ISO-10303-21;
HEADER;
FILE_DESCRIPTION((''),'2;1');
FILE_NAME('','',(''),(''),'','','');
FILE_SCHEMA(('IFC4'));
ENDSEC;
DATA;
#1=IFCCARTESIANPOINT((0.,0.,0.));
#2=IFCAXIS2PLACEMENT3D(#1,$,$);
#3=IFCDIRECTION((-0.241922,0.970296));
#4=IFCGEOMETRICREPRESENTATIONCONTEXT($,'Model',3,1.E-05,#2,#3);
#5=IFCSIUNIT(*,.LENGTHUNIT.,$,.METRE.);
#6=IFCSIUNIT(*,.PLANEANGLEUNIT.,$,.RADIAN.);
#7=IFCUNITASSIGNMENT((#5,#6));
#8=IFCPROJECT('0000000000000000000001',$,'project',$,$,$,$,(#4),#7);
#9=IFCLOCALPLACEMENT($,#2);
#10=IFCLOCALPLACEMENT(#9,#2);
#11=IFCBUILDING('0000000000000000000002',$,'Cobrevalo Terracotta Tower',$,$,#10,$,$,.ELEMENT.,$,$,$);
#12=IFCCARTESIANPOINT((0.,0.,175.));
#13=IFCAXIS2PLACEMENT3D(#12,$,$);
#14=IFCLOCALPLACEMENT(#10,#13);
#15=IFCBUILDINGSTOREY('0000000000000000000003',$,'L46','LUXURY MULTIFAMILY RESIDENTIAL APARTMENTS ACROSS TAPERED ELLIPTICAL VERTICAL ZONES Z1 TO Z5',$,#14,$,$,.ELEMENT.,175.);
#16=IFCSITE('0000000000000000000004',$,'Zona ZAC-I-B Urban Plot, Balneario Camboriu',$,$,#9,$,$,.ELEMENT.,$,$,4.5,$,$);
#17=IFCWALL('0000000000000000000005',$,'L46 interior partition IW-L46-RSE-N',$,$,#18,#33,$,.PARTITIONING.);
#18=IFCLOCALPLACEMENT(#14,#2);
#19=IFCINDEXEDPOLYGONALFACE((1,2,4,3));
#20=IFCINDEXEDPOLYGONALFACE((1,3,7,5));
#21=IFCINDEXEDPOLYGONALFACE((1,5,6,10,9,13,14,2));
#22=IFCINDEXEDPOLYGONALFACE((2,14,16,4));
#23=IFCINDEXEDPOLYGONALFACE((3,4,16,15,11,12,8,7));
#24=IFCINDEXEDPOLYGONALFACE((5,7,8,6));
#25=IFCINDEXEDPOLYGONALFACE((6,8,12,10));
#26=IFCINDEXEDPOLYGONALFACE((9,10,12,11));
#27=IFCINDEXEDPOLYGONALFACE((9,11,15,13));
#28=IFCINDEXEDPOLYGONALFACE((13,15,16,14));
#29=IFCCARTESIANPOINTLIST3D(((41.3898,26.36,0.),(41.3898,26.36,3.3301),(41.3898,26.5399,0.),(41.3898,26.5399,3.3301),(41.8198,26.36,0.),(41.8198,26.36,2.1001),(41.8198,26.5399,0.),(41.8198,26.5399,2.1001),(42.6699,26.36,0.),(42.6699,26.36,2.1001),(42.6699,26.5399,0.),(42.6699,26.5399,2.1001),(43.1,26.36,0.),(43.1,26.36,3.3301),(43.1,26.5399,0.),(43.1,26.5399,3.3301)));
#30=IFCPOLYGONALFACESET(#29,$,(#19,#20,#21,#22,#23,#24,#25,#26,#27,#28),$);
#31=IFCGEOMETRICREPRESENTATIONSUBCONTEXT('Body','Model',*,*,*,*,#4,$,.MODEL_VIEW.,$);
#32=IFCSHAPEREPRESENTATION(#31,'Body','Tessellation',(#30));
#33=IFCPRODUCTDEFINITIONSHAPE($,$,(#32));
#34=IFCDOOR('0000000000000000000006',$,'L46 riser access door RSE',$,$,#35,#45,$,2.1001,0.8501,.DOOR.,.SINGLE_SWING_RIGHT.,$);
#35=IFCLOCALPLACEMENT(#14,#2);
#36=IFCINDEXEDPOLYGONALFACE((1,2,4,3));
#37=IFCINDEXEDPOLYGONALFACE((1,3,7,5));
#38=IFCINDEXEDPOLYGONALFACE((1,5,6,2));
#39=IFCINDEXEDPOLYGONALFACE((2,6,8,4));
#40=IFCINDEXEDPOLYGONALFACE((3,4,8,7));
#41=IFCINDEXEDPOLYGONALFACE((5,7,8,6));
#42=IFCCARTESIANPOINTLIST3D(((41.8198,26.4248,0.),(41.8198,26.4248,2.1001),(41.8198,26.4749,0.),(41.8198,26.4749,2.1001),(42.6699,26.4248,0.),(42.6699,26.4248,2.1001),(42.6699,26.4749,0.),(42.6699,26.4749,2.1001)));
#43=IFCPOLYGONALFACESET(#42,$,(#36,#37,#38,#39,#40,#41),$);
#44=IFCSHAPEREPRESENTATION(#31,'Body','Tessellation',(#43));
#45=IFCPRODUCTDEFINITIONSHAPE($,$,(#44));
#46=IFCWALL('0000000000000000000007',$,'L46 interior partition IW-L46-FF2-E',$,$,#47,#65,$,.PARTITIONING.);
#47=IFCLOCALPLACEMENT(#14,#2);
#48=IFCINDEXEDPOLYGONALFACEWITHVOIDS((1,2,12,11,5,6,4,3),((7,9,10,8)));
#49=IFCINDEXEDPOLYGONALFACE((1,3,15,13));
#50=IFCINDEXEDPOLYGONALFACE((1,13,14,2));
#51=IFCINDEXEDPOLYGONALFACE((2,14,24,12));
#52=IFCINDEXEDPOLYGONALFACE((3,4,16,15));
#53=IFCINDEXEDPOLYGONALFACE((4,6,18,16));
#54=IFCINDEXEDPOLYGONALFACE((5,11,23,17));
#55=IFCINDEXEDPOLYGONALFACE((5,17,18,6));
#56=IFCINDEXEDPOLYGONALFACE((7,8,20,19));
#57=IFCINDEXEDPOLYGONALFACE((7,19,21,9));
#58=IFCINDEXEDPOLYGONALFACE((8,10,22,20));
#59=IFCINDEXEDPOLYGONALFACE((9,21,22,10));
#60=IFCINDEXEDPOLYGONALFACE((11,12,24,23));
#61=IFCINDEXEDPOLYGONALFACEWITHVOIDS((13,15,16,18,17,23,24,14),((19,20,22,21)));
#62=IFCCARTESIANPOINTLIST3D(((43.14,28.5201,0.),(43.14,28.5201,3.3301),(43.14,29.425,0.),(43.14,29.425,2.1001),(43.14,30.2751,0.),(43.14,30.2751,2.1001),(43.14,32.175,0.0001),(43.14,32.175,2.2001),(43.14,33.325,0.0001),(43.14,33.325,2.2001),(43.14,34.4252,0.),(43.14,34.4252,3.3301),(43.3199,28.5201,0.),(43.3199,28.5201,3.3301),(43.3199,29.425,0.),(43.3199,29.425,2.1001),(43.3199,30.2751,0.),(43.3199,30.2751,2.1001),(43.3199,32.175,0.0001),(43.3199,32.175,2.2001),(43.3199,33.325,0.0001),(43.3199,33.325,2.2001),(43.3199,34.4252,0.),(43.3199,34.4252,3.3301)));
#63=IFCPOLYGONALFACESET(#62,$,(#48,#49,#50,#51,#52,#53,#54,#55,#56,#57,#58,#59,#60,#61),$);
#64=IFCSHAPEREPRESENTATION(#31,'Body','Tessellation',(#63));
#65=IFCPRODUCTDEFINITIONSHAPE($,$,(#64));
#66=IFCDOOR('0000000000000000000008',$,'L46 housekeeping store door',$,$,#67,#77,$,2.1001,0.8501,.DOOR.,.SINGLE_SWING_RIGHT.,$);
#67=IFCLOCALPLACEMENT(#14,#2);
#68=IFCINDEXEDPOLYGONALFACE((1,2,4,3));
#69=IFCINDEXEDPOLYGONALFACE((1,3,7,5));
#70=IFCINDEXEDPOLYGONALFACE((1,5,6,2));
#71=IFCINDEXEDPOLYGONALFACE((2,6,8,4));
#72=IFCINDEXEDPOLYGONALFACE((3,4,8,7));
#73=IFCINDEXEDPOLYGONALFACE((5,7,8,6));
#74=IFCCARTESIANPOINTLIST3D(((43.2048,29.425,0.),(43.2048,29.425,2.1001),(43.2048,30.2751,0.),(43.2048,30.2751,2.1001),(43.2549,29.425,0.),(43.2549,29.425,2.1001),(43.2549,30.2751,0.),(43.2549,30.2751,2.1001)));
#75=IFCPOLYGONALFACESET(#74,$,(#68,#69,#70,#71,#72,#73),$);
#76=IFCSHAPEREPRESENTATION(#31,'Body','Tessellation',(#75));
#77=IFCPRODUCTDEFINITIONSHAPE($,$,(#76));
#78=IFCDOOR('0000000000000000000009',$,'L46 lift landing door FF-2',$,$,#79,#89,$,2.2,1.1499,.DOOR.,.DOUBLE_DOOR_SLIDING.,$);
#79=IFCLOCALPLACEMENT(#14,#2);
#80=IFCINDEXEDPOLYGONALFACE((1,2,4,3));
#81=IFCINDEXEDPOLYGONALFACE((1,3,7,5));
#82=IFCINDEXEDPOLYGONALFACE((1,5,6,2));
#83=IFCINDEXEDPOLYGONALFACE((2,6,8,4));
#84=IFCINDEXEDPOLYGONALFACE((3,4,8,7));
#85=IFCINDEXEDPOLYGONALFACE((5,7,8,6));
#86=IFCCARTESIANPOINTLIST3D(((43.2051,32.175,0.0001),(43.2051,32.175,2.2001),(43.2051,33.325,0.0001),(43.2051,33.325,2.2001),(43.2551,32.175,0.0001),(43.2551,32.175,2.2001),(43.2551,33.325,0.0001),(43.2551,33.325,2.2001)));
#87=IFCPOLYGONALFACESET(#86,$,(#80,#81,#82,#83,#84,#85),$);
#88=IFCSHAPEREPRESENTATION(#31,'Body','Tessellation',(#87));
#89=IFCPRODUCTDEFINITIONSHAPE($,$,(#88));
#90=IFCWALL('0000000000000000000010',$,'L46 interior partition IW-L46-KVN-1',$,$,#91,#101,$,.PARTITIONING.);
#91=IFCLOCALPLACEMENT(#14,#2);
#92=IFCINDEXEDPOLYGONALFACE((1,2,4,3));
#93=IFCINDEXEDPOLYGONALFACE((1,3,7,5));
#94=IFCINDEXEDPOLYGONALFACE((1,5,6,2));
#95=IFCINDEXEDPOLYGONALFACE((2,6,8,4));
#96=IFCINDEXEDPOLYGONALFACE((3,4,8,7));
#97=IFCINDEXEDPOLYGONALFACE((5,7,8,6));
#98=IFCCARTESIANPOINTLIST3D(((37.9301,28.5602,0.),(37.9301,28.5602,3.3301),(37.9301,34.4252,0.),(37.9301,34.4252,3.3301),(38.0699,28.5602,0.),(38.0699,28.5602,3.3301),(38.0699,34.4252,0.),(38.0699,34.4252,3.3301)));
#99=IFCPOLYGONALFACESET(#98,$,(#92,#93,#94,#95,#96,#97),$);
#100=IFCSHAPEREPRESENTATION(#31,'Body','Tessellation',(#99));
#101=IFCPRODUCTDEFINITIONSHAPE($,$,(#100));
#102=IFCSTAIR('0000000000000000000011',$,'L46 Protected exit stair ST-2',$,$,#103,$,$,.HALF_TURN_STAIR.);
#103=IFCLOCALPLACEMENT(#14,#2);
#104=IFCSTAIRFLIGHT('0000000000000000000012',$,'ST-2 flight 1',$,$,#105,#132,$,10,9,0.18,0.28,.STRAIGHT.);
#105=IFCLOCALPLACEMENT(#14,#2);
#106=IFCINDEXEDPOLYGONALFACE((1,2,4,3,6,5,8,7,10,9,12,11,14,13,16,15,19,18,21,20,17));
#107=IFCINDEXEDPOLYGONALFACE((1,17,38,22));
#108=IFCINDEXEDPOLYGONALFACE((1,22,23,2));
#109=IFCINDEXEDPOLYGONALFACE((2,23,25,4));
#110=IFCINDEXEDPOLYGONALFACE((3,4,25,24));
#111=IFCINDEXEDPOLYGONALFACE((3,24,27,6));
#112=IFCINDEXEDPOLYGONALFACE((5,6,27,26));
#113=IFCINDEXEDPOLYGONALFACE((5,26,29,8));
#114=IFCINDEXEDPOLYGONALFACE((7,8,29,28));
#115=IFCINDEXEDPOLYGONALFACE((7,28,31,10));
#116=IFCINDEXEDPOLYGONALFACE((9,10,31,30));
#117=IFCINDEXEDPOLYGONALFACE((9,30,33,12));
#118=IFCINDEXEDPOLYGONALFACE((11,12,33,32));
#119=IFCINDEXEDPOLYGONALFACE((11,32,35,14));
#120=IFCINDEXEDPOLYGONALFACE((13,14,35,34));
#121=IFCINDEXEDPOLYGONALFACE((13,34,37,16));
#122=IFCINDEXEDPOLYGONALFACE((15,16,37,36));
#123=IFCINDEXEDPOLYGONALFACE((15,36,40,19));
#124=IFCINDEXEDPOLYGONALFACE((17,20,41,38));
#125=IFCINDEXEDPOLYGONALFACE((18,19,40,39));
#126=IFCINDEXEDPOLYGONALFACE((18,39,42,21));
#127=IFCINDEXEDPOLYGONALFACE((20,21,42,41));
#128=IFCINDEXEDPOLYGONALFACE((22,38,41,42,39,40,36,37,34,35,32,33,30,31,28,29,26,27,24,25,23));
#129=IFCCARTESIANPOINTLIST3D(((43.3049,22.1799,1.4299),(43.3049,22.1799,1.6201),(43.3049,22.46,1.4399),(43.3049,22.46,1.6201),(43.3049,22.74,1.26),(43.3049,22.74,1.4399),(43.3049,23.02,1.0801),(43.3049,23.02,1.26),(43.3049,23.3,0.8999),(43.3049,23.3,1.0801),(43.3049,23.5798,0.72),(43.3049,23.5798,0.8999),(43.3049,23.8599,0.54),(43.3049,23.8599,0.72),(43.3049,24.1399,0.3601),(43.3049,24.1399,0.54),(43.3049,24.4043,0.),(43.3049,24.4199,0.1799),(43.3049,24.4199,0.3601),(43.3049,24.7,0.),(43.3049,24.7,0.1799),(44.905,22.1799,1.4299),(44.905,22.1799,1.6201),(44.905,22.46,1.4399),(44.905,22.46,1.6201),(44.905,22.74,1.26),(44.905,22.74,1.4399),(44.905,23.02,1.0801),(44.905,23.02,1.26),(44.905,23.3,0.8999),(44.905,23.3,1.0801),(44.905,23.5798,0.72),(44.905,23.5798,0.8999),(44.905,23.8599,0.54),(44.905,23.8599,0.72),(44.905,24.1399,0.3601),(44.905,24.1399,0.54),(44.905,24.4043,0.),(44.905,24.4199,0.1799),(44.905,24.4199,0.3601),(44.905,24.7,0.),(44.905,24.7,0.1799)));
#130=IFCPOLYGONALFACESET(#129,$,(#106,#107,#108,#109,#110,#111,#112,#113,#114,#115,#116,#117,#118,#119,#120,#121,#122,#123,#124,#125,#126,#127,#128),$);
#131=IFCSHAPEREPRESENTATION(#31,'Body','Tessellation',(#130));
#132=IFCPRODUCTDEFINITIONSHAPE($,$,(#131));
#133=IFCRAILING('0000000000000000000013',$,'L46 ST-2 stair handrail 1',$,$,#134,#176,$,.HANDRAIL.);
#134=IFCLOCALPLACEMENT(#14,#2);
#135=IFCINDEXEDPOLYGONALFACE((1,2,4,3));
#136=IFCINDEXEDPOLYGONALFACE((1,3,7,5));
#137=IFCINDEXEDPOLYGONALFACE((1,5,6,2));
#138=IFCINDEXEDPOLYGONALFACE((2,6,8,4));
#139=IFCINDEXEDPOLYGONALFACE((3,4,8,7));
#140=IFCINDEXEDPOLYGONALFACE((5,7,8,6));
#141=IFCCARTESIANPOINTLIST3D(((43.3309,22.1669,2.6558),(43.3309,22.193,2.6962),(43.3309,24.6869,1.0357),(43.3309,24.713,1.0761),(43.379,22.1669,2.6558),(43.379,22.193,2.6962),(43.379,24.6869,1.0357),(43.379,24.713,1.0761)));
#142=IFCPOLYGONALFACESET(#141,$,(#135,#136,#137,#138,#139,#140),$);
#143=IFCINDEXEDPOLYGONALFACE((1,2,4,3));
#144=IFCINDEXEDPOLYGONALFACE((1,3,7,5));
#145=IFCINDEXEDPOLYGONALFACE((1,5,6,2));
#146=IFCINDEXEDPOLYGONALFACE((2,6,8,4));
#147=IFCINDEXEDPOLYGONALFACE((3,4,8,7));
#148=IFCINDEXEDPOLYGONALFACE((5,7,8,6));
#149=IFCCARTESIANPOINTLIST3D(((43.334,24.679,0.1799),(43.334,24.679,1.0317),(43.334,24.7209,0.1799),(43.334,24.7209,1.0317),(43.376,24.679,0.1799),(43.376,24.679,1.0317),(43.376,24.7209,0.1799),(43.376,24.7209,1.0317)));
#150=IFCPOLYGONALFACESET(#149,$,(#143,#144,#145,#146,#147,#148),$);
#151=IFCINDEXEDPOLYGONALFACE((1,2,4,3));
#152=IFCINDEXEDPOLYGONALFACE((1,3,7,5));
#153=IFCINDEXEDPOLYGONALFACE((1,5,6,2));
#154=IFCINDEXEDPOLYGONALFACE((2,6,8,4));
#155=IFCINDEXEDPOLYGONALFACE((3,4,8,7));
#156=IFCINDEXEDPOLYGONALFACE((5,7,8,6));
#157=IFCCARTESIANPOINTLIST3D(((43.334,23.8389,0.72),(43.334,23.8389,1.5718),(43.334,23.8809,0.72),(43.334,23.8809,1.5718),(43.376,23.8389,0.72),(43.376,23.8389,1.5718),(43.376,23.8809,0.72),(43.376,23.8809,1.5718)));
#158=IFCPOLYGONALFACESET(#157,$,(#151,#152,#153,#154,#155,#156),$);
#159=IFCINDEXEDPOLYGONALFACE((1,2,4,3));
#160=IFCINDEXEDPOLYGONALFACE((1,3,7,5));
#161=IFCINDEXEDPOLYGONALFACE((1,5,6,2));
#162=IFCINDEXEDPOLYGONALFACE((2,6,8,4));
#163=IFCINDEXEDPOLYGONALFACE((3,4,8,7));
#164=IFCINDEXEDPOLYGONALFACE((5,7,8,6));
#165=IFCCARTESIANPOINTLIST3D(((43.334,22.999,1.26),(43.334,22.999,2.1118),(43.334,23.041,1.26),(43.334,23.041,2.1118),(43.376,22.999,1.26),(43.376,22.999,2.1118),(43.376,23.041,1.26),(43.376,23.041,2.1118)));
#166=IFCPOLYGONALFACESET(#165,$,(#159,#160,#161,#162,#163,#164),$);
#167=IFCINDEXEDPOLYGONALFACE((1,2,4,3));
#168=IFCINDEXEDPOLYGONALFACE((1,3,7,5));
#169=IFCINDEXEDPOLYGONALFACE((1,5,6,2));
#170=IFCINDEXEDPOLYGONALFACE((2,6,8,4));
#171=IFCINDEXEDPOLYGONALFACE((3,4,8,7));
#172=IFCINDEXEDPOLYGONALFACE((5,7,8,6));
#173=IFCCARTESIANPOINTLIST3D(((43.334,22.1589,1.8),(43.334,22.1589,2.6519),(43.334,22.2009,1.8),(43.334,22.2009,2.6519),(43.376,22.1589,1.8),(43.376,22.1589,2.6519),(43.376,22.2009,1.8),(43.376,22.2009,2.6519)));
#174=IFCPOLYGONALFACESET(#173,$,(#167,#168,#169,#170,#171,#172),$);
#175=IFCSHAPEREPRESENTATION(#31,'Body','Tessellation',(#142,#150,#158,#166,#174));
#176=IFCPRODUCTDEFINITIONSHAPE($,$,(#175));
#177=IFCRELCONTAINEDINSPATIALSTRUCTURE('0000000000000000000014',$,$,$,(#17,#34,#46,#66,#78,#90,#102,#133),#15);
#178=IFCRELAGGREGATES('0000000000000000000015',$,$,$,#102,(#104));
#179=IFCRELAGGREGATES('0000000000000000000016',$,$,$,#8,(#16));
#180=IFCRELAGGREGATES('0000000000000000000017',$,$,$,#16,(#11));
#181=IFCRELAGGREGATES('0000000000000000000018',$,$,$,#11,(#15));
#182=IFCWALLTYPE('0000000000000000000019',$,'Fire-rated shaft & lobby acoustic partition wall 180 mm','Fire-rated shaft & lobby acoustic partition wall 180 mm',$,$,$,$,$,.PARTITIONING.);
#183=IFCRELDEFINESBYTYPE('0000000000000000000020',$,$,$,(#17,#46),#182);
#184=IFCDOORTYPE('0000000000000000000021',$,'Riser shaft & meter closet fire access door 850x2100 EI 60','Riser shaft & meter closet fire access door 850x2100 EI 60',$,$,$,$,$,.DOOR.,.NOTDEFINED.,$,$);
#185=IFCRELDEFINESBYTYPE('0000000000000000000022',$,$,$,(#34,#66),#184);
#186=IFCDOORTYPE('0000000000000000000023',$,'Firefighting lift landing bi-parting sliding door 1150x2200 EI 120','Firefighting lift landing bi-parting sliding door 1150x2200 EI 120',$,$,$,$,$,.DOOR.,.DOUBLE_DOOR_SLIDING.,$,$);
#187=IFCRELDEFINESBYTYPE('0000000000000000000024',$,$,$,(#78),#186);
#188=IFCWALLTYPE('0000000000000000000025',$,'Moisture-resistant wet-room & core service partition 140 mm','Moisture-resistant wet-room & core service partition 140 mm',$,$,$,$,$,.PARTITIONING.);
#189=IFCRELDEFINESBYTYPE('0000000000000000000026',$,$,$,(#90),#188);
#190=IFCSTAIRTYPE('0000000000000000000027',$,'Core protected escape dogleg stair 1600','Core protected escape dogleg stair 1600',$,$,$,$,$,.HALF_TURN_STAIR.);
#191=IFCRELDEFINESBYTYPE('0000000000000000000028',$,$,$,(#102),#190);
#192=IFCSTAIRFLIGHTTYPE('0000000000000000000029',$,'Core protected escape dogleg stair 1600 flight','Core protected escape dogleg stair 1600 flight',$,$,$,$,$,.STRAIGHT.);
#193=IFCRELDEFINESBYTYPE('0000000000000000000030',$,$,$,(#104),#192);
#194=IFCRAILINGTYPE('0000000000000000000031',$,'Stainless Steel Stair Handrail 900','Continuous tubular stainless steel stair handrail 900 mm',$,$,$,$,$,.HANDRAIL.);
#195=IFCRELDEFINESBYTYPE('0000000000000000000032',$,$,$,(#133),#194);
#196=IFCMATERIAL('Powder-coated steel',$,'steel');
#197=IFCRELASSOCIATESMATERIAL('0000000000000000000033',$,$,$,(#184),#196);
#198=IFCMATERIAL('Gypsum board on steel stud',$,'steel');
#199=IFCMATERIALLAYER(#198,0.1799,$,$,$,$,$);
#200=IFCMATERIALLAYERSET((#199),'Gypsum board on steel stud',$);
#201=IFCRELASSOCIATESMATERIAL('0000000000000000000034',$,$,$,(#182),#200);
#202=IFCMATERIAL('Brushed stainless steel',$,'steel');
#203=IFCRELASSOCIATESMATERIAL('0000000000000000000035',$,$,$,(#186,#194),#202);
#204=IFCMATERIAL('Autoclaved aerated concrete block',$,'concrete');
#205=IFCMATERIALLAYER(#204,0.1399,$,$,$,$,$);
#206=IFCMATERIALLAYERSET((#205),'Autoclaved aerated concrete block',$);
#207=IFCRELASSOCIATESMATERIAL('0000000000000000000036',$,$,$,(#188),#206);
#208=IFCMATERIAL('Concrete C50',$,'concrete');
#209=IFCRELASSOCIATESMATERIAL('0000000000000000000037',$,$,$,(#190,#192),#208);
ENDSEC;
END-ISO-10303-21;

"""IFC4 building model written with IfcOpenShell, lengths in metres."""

from ifc_helpers import new_model, si_unit, direction, frame, frame_2d, origin, origin_2d, place, context, subcontext, project, spatial, polyline, rectangle, outline, extrude, source, transform, mapped, material, layer, layer_set, type_object, element, fill, aggregate, save


model = new_model("IFC4")

# Units and contexts
model_context = context("Model", 3, precision=1e-05, world=origin(), true_north=direction((-0.241922, 0.970296)))
body_context = subcontext(model_context, "Body", "Model", "MODEL_VIEW")
ifc_project = project(units=[si_unit("LENGTHUNIT", "METRE"), si_unit("PLANEANGLEUNIT", "RADIAN")], contexts=[model_context])

# Site, building, storey
site_placement = place(None, origin())
site = spatial("IfcSite", under=ifc_project, at=site_placement, Name="Zona ZAC-I-B Urban Plot, Balneario Camboriu", CompositionType="ELEMENT", RefElevation=4.5)
building_placement = place(site_placement, origin())
building = spatial("IfcBuilding", under=site, at=building_placement, Name="Cobrevalo Terracotta Tower", CompositionType="ELEMENT")
storey_placement = place(building_placement, frame((0.0, 0.0, 175.0)))
storey = spatial("IfcBuildingStorey", under=building, at=storey_placement, Name="L46", Description="LUXURY MULTIFAMILY RESIDENTIAL APARTMENTS ACROSS TAPERED ELLIPTICAL VERTICAL ZONES Z1 TO Z5", CompositionType="ELEMENT", Elevation=175.0)

# Shared definitions
ifc_material_1 = material(Name="Gypsum board on steel stud", Category="steel")

# Shared definitions
ifc_material_2 = material(Name="Powder-coated steel", Category="steel")
door_type_1 = type_object("IfcDoorType", Name="Riser shaft & meter closet fire access door 850x2100 EI 60", Description="Riser shaft & meter closet fire access door 850x2100 EI 60", OperationType="NOTDEFINED", PredefinedType="DOOR", material=ifc_material_2)
shared_shape_1 = source(origin(), body_context, "Body", "SweptSolid", [
    extrude(rectangle(XDim=0.8501, YDim=2.1001, at=frame_2d((0.425, 1.05))), frame((0.0, 0.0249, 0.0), z_axis=(0.0, -1.0, 0.0), x_axis=(1.0, 0.0, 0.0)), (0.0, 0.0, 1.0), 0.05),
])
ifc_material_3 = material(Name="Brushed stainless steel", Category="steel")

# Wall, opening, door
ifc_layer_1 = layer(ifc_material_1, 0.1799)
ifc_layer_set_1 = layer_set([ifc_layer_1], Name="Gypsum board on steel stud")
wall_type_1 = type_object("IfcWallType", Name="Fire-rated shaft & lobby acoustic partition wall 180 mm", Description="Fire-rated shaft & lobby acoustic partition wall 180 mm", PredefinedType="PARTITIONING", material=ifc_layer_set_1)
wall_1_placement = place(storey_placement, frame((41.3899, 26.45, 0.0), z_axis=(0.0, 0.0, 1.0), x_axis=(1.0, 0.0, 0.0)))
wall_1 = element("IfcWall", 1, at=wall_1_placement, inside=storey, type_object=wall_type_1, Name="L46 interior partition IW-L46-RSE-N", PredefinedType="PARTITIONING", context=body_context, shape_type="SweptSolid", body=[
    extrude(rectangle(XDim=1.7102, YDim=0.1799, at=frame_2d((0.855, 0.0))), origin(), (0.0, 0.0, 1.0), 3.3301),
])
opening_1_placement = place(wall_1_placement, frame((0.4299, 0.0, 0.0)))
opening_1 = element("IfcOpeningElement", 2, at=opening_1_placement, cuts=wall_1, PredefinedType="OPENING", context=body_context, shape_type="SweptSolid", body=[
    extrude(rectangle(XDim=0.8501, YDim=2.1001, at=frame_2d((0.425, 1.05))), frame((0.0, 0.1001, 0.0), z_axis=(0.0, -1.0, 0.0), x_axis=(1.0, 0.0, 0.0)), (0.0, 0.0, 1.0), 0.2),
])
door_1_placement = place(opening_1_placement, origin())
door_1 = element("IfcDoor", 3, at=door_1_placement, inside=storey, type_object=door_type_1, Name="L46 riser access door RSE", OperationType="SINGLE_SWING_RIGHT", OverallHeight=2.1001, OverallWidth=0.8501, PredefinedType="DOOR", context=body_context, shape_type="MappedRepresentation", body=[
    mapped(shared_shape_1, transform((0.0, 0.0, 0.0), scale=1.0)),
])
fill(opening_1, door_1)

# Wall, openings, doors
wall_2_placement = place(storey_placement, frame((43.23, 28.52, 0.0), z_axis=(0.0, 0.0, 1.0), x_axis=(0.0, 1.0, 0.0)))
wall_2 = element("IfcWall", 4, at=wall_2_placement, inside=storey, type_object=wall_type_1, Name="L46 interior partition IW-L46-FF2-E", PredefinedType="PARTITIONING", context=body_context, shape_type="SweptSolid", body=[
    extrude(rectangle(XDim=5.905, YDim=0.1799, at=frame_2d((2.9526, 0.0))), origin(), (0.0, 0.0, 1.0), 3.3301),
])
opening_2_placement = place(wall_2_placement, frame((0.905, 0.0, 0.0)))
opening_2 = element("IfcOpeningElement", 5, at=opening_2_placement, cuts=wall_2, PredefinedType="OPENING", context=body_context, shape_type="SweptSolid", body=[
    extrude(rectangle(XDim=0.8501, YDim=2.1001, at=frame_2d((0.425, 1.05))), frame((0.0, 0.1001, 0.0), z_axis=(0.0, -1.0, 0.0), x_axis=(1.0, 0.0, 0.0)), (0.0, 0.0, 1.0), 0.2),
])
opening_3_placement = place(wall_2_placement, frame((3.655, 0.0, 0.0)))
opening_3 = element("IfcOpeningElement", 6, at=opening_3_placement, cuts=wall_2, PredefinedType="OPENING", context=body_context, shape_type="SweptSolid", body=[
    extrude(rectangle(XDim=1.1499, YDim=2.2, at=frame_2d((0.575, 1.1001))), frame((0.0, 0.1001, 0.0), z_axis=(0.0, -1.0, 0.0), x_axis=(1.0, 0.0, 0.0)), (0.0, 0.0, 1.0), 0.2),
])
door_2_placement = place(opening_2_placement, frame((0.8501, 0.0, 0.0), z_axis=(0.0, 0.0, 1.0), x_axis=(-1.0, 0.0, 0.0)))
door_2 = element("IfcDoor", 7, at=door_2_placement, inside=storey, type_object=door_type_1, Name="L46 housekeeping store door", OperationType="SINGLE_SWING_RIGHT", OverallHeight=2.1001, OverallWidth=0.8501, PredefinedType="DOOR", context=body_context, shape_type="MappedRepresentation", body=[
    mapped(shared_shape_1, transform((0.0, 0.0, 0.0), scale=1.0)),
])
fill(opening_2, door_2)
door_type_2 = type_object("IfcDoorType", Name="Firefighting lift landing bi-parting sliding door 1150x2200 EI 120", Description="Firefighting lift landing bi-parting sliding door 1150x2200 EI 120", OperationType="DOUBLE_DOOR_SLIDING", PredefinedType="DOOR", material=ifc_material_3)
shared_shape_2 = source(origin(), body_context, "Body", "SweptSolid", [
    extrude(rectangle(XDim=1.1499, YDim=2.2, at=frame_2d((0.575, 1.1001))), frame((0.0, 0.0249, 0.0), z_axis=(0.0, -1.0, 0.0), x_axis=(1.0, 0.0, 0.0)), (0.0, 0.0, 1.0), 0.05),
])
door_3_placement = place(opening_3_placement, origin())
door_3 = element("IfcDoor", 8, at=door_3_placement, inside=storey, type_object=door_type_2, Name="L46 lift landing door FF-2", OperationType="DOUBLE_DOOR_SLIDING", OverallHeight=2.2, OverallWidth=1.1499, PredefinedType="DOOR", context=body_context, shape_type="MappedRepresentation", body=[
    mapped(shared_shape_2, transform((0.0, 0.0, 0.0), scale=1.0)),
])
fill(opening_3, door_3)

# Wall
ifc_material_4 = material(Name="Autoclaved aerated concrete block", Category="concrete")
ifc_layer_2 = layer(ifc_material_4, 0.1399)
ifc_layer_set_2 = layer_set([ifc_layer_2], Name="Autoclaved aerated concrete block")
wall_type_2 = type_object("IfcWallType", Name="Moisture-resistant wet-room & core service partition 140 mm", Description="Moisture-resistant wet-room & core service partition 140 mm", PredefinedType="PARTITIONING", material=ifc_layer_set_2)
wall_3_placement = place(storey_placement, frame((38.0, 28.5601, 0.0), z_axis=(0.0, 0.0, 1.0), x_axis=(0.0, 1.0, 0.0)))
element("IfcWall", 9, at=wall_3_placement, inside=storey, type_object=wall_type_2, Name="L46 interior partition IW-L46-KVN-1", PredefinedType="PARTITIONING", context=body_context, shape_type="SweptSolid", body=[
    extrude(rectangle(XDim=5.865, YDim=0.1399, at=frame_2d((2.9326, 0.0))), origin(), (0.0, 0.0, 1.0), 3.3301),
])

# Shared definitions
ifc_material_5 = material(Name="Concrete C50", Category="concrete")

# Stair, stair flight
stair_type = type_object("IfcStairType", Name="Core protected escape dogleg stair 1600", Description="Core protected escape dogleg stair 1600", PredefinedType="HALF_TURN_STAIR", material=ifc_material_5)
stair_placement = place(storey_placement, origin())
stair = element("IfcStair", 10, at=stair_placement, inside=storey, type_object=stair_type, Name="L46 Protected exit stair ST-2", PredefinedType="HALF_TURN_STAIR")
stair_flight_type = type_object("IfcStairFlightType", Name="Core protected escape dogleg stair 1600 flight", Description="Core protected escape dogleg stair 1600 flight", PredefinedType="STRAIGHT", material=ifc_material_5)
stair_flight_placement = place(storey_placement, frame((44.105, 24.7, 0.0), z_axis=(0.0, 0.0, 1.0), x_axis=(0.0, -1.0, 0.0)))
stair_flight = element("IfcStairFlight", 11, at=stair_flight_placement, type_object=stair_flight_type, Name="ST-2 flight 1", NumberOfRisers=10, NumberOfTreads=9, PredefinedType="STRAIGHT", RiserHeight=0.18, TreadLength=0.28, context=body_context, shape_type="SweptSolid", body=[
    extrude(outline(polyline([(0.0, 0.0), (0.0, 0.1799), (0.28, 0.1799), (0.28, 0.3601), (0.5601, 0.3601), (0.5601, 0.54), (0.8401, 0.54), (0.8401, 0.72), (1.1201, 0.72), (1.1201, 0.8999), (1.3999, 0.8999), (1.3999, 1.0801), (1.6799, 1.0801), (1.6799, 1.26), (1.96, 1.26), (1.96, 1.4399), (2.24, 1.4399), (2.24, 1.6201), (2.52, 1.6201), (2.52, 1.8), (2.52, 1.4299), (0.2957, 0.0), (0.0, 0.0)])), frame((0.0, 0.8, 0.0), z_axis=(0.0, -1.0, 0.0), x_axis=(1.0, 0.0, 0.0)), (0.0, 0.0, 1.0), 1.6001),
])
aggregate(stair, [stair_flight])

# Railing
railing_type_1 = type_object("IfcRailingType", Name="Stainless Steel Stair Handrail 900", Description="Continuous tubular stainless steel stair handrail 900 mm", PredefinedType="HANDRAIL", material=ifc_material_3)
railing_1_placement = place(storey_placement, frame((43.355, 24.7, 0.1799)))
element("IfcRailing", 12, at=railing_1_placement, inside=storey, type_object=railing_type_1, Name="L46 ST-2 stair handrail 1", PredefinedType="HANDRAIL", context=body_context, shape_type="SweptSolid", body=[
    extrude(rectangle(XDim=0.0481, YDim=0.0481, at=origin_2d()), frame((0.0, 0.0, 0.876), z_axis=(0.0, -0.841163, 0.540782), x_axis=(1.0, 0.0, 0.0)), (0.0, 0.0, 1.0), 2.9958),
    extrude(rectangle(XDim=0.042, YDim=0.042, at=origin_2d()), origin(), (0.0, 0.0, 1.0), 0.8518),
    extrude(rectangle(XDim=0.042, YDim=0.042, at=origin_2d()), frame((0.0, -0.8401, 0.54)), (0.0, 0.0, 1.0), 0.8518),
    extrude(rectangle(XDim=0.042, YDim=0.042, at=origin_2d()), frame((0.0, -1.6799, 1.0801)), (0.0, 0.0, 1.0), 0.8518),
    extrude(rectangle(XDim=0.042, YDim=0.042, at=origin_2d()), frame((0.0, -2.52, 1.6201)), (0.0, 0.0, 1.0), 0.8518),
])

save(model, "model.ifc")
